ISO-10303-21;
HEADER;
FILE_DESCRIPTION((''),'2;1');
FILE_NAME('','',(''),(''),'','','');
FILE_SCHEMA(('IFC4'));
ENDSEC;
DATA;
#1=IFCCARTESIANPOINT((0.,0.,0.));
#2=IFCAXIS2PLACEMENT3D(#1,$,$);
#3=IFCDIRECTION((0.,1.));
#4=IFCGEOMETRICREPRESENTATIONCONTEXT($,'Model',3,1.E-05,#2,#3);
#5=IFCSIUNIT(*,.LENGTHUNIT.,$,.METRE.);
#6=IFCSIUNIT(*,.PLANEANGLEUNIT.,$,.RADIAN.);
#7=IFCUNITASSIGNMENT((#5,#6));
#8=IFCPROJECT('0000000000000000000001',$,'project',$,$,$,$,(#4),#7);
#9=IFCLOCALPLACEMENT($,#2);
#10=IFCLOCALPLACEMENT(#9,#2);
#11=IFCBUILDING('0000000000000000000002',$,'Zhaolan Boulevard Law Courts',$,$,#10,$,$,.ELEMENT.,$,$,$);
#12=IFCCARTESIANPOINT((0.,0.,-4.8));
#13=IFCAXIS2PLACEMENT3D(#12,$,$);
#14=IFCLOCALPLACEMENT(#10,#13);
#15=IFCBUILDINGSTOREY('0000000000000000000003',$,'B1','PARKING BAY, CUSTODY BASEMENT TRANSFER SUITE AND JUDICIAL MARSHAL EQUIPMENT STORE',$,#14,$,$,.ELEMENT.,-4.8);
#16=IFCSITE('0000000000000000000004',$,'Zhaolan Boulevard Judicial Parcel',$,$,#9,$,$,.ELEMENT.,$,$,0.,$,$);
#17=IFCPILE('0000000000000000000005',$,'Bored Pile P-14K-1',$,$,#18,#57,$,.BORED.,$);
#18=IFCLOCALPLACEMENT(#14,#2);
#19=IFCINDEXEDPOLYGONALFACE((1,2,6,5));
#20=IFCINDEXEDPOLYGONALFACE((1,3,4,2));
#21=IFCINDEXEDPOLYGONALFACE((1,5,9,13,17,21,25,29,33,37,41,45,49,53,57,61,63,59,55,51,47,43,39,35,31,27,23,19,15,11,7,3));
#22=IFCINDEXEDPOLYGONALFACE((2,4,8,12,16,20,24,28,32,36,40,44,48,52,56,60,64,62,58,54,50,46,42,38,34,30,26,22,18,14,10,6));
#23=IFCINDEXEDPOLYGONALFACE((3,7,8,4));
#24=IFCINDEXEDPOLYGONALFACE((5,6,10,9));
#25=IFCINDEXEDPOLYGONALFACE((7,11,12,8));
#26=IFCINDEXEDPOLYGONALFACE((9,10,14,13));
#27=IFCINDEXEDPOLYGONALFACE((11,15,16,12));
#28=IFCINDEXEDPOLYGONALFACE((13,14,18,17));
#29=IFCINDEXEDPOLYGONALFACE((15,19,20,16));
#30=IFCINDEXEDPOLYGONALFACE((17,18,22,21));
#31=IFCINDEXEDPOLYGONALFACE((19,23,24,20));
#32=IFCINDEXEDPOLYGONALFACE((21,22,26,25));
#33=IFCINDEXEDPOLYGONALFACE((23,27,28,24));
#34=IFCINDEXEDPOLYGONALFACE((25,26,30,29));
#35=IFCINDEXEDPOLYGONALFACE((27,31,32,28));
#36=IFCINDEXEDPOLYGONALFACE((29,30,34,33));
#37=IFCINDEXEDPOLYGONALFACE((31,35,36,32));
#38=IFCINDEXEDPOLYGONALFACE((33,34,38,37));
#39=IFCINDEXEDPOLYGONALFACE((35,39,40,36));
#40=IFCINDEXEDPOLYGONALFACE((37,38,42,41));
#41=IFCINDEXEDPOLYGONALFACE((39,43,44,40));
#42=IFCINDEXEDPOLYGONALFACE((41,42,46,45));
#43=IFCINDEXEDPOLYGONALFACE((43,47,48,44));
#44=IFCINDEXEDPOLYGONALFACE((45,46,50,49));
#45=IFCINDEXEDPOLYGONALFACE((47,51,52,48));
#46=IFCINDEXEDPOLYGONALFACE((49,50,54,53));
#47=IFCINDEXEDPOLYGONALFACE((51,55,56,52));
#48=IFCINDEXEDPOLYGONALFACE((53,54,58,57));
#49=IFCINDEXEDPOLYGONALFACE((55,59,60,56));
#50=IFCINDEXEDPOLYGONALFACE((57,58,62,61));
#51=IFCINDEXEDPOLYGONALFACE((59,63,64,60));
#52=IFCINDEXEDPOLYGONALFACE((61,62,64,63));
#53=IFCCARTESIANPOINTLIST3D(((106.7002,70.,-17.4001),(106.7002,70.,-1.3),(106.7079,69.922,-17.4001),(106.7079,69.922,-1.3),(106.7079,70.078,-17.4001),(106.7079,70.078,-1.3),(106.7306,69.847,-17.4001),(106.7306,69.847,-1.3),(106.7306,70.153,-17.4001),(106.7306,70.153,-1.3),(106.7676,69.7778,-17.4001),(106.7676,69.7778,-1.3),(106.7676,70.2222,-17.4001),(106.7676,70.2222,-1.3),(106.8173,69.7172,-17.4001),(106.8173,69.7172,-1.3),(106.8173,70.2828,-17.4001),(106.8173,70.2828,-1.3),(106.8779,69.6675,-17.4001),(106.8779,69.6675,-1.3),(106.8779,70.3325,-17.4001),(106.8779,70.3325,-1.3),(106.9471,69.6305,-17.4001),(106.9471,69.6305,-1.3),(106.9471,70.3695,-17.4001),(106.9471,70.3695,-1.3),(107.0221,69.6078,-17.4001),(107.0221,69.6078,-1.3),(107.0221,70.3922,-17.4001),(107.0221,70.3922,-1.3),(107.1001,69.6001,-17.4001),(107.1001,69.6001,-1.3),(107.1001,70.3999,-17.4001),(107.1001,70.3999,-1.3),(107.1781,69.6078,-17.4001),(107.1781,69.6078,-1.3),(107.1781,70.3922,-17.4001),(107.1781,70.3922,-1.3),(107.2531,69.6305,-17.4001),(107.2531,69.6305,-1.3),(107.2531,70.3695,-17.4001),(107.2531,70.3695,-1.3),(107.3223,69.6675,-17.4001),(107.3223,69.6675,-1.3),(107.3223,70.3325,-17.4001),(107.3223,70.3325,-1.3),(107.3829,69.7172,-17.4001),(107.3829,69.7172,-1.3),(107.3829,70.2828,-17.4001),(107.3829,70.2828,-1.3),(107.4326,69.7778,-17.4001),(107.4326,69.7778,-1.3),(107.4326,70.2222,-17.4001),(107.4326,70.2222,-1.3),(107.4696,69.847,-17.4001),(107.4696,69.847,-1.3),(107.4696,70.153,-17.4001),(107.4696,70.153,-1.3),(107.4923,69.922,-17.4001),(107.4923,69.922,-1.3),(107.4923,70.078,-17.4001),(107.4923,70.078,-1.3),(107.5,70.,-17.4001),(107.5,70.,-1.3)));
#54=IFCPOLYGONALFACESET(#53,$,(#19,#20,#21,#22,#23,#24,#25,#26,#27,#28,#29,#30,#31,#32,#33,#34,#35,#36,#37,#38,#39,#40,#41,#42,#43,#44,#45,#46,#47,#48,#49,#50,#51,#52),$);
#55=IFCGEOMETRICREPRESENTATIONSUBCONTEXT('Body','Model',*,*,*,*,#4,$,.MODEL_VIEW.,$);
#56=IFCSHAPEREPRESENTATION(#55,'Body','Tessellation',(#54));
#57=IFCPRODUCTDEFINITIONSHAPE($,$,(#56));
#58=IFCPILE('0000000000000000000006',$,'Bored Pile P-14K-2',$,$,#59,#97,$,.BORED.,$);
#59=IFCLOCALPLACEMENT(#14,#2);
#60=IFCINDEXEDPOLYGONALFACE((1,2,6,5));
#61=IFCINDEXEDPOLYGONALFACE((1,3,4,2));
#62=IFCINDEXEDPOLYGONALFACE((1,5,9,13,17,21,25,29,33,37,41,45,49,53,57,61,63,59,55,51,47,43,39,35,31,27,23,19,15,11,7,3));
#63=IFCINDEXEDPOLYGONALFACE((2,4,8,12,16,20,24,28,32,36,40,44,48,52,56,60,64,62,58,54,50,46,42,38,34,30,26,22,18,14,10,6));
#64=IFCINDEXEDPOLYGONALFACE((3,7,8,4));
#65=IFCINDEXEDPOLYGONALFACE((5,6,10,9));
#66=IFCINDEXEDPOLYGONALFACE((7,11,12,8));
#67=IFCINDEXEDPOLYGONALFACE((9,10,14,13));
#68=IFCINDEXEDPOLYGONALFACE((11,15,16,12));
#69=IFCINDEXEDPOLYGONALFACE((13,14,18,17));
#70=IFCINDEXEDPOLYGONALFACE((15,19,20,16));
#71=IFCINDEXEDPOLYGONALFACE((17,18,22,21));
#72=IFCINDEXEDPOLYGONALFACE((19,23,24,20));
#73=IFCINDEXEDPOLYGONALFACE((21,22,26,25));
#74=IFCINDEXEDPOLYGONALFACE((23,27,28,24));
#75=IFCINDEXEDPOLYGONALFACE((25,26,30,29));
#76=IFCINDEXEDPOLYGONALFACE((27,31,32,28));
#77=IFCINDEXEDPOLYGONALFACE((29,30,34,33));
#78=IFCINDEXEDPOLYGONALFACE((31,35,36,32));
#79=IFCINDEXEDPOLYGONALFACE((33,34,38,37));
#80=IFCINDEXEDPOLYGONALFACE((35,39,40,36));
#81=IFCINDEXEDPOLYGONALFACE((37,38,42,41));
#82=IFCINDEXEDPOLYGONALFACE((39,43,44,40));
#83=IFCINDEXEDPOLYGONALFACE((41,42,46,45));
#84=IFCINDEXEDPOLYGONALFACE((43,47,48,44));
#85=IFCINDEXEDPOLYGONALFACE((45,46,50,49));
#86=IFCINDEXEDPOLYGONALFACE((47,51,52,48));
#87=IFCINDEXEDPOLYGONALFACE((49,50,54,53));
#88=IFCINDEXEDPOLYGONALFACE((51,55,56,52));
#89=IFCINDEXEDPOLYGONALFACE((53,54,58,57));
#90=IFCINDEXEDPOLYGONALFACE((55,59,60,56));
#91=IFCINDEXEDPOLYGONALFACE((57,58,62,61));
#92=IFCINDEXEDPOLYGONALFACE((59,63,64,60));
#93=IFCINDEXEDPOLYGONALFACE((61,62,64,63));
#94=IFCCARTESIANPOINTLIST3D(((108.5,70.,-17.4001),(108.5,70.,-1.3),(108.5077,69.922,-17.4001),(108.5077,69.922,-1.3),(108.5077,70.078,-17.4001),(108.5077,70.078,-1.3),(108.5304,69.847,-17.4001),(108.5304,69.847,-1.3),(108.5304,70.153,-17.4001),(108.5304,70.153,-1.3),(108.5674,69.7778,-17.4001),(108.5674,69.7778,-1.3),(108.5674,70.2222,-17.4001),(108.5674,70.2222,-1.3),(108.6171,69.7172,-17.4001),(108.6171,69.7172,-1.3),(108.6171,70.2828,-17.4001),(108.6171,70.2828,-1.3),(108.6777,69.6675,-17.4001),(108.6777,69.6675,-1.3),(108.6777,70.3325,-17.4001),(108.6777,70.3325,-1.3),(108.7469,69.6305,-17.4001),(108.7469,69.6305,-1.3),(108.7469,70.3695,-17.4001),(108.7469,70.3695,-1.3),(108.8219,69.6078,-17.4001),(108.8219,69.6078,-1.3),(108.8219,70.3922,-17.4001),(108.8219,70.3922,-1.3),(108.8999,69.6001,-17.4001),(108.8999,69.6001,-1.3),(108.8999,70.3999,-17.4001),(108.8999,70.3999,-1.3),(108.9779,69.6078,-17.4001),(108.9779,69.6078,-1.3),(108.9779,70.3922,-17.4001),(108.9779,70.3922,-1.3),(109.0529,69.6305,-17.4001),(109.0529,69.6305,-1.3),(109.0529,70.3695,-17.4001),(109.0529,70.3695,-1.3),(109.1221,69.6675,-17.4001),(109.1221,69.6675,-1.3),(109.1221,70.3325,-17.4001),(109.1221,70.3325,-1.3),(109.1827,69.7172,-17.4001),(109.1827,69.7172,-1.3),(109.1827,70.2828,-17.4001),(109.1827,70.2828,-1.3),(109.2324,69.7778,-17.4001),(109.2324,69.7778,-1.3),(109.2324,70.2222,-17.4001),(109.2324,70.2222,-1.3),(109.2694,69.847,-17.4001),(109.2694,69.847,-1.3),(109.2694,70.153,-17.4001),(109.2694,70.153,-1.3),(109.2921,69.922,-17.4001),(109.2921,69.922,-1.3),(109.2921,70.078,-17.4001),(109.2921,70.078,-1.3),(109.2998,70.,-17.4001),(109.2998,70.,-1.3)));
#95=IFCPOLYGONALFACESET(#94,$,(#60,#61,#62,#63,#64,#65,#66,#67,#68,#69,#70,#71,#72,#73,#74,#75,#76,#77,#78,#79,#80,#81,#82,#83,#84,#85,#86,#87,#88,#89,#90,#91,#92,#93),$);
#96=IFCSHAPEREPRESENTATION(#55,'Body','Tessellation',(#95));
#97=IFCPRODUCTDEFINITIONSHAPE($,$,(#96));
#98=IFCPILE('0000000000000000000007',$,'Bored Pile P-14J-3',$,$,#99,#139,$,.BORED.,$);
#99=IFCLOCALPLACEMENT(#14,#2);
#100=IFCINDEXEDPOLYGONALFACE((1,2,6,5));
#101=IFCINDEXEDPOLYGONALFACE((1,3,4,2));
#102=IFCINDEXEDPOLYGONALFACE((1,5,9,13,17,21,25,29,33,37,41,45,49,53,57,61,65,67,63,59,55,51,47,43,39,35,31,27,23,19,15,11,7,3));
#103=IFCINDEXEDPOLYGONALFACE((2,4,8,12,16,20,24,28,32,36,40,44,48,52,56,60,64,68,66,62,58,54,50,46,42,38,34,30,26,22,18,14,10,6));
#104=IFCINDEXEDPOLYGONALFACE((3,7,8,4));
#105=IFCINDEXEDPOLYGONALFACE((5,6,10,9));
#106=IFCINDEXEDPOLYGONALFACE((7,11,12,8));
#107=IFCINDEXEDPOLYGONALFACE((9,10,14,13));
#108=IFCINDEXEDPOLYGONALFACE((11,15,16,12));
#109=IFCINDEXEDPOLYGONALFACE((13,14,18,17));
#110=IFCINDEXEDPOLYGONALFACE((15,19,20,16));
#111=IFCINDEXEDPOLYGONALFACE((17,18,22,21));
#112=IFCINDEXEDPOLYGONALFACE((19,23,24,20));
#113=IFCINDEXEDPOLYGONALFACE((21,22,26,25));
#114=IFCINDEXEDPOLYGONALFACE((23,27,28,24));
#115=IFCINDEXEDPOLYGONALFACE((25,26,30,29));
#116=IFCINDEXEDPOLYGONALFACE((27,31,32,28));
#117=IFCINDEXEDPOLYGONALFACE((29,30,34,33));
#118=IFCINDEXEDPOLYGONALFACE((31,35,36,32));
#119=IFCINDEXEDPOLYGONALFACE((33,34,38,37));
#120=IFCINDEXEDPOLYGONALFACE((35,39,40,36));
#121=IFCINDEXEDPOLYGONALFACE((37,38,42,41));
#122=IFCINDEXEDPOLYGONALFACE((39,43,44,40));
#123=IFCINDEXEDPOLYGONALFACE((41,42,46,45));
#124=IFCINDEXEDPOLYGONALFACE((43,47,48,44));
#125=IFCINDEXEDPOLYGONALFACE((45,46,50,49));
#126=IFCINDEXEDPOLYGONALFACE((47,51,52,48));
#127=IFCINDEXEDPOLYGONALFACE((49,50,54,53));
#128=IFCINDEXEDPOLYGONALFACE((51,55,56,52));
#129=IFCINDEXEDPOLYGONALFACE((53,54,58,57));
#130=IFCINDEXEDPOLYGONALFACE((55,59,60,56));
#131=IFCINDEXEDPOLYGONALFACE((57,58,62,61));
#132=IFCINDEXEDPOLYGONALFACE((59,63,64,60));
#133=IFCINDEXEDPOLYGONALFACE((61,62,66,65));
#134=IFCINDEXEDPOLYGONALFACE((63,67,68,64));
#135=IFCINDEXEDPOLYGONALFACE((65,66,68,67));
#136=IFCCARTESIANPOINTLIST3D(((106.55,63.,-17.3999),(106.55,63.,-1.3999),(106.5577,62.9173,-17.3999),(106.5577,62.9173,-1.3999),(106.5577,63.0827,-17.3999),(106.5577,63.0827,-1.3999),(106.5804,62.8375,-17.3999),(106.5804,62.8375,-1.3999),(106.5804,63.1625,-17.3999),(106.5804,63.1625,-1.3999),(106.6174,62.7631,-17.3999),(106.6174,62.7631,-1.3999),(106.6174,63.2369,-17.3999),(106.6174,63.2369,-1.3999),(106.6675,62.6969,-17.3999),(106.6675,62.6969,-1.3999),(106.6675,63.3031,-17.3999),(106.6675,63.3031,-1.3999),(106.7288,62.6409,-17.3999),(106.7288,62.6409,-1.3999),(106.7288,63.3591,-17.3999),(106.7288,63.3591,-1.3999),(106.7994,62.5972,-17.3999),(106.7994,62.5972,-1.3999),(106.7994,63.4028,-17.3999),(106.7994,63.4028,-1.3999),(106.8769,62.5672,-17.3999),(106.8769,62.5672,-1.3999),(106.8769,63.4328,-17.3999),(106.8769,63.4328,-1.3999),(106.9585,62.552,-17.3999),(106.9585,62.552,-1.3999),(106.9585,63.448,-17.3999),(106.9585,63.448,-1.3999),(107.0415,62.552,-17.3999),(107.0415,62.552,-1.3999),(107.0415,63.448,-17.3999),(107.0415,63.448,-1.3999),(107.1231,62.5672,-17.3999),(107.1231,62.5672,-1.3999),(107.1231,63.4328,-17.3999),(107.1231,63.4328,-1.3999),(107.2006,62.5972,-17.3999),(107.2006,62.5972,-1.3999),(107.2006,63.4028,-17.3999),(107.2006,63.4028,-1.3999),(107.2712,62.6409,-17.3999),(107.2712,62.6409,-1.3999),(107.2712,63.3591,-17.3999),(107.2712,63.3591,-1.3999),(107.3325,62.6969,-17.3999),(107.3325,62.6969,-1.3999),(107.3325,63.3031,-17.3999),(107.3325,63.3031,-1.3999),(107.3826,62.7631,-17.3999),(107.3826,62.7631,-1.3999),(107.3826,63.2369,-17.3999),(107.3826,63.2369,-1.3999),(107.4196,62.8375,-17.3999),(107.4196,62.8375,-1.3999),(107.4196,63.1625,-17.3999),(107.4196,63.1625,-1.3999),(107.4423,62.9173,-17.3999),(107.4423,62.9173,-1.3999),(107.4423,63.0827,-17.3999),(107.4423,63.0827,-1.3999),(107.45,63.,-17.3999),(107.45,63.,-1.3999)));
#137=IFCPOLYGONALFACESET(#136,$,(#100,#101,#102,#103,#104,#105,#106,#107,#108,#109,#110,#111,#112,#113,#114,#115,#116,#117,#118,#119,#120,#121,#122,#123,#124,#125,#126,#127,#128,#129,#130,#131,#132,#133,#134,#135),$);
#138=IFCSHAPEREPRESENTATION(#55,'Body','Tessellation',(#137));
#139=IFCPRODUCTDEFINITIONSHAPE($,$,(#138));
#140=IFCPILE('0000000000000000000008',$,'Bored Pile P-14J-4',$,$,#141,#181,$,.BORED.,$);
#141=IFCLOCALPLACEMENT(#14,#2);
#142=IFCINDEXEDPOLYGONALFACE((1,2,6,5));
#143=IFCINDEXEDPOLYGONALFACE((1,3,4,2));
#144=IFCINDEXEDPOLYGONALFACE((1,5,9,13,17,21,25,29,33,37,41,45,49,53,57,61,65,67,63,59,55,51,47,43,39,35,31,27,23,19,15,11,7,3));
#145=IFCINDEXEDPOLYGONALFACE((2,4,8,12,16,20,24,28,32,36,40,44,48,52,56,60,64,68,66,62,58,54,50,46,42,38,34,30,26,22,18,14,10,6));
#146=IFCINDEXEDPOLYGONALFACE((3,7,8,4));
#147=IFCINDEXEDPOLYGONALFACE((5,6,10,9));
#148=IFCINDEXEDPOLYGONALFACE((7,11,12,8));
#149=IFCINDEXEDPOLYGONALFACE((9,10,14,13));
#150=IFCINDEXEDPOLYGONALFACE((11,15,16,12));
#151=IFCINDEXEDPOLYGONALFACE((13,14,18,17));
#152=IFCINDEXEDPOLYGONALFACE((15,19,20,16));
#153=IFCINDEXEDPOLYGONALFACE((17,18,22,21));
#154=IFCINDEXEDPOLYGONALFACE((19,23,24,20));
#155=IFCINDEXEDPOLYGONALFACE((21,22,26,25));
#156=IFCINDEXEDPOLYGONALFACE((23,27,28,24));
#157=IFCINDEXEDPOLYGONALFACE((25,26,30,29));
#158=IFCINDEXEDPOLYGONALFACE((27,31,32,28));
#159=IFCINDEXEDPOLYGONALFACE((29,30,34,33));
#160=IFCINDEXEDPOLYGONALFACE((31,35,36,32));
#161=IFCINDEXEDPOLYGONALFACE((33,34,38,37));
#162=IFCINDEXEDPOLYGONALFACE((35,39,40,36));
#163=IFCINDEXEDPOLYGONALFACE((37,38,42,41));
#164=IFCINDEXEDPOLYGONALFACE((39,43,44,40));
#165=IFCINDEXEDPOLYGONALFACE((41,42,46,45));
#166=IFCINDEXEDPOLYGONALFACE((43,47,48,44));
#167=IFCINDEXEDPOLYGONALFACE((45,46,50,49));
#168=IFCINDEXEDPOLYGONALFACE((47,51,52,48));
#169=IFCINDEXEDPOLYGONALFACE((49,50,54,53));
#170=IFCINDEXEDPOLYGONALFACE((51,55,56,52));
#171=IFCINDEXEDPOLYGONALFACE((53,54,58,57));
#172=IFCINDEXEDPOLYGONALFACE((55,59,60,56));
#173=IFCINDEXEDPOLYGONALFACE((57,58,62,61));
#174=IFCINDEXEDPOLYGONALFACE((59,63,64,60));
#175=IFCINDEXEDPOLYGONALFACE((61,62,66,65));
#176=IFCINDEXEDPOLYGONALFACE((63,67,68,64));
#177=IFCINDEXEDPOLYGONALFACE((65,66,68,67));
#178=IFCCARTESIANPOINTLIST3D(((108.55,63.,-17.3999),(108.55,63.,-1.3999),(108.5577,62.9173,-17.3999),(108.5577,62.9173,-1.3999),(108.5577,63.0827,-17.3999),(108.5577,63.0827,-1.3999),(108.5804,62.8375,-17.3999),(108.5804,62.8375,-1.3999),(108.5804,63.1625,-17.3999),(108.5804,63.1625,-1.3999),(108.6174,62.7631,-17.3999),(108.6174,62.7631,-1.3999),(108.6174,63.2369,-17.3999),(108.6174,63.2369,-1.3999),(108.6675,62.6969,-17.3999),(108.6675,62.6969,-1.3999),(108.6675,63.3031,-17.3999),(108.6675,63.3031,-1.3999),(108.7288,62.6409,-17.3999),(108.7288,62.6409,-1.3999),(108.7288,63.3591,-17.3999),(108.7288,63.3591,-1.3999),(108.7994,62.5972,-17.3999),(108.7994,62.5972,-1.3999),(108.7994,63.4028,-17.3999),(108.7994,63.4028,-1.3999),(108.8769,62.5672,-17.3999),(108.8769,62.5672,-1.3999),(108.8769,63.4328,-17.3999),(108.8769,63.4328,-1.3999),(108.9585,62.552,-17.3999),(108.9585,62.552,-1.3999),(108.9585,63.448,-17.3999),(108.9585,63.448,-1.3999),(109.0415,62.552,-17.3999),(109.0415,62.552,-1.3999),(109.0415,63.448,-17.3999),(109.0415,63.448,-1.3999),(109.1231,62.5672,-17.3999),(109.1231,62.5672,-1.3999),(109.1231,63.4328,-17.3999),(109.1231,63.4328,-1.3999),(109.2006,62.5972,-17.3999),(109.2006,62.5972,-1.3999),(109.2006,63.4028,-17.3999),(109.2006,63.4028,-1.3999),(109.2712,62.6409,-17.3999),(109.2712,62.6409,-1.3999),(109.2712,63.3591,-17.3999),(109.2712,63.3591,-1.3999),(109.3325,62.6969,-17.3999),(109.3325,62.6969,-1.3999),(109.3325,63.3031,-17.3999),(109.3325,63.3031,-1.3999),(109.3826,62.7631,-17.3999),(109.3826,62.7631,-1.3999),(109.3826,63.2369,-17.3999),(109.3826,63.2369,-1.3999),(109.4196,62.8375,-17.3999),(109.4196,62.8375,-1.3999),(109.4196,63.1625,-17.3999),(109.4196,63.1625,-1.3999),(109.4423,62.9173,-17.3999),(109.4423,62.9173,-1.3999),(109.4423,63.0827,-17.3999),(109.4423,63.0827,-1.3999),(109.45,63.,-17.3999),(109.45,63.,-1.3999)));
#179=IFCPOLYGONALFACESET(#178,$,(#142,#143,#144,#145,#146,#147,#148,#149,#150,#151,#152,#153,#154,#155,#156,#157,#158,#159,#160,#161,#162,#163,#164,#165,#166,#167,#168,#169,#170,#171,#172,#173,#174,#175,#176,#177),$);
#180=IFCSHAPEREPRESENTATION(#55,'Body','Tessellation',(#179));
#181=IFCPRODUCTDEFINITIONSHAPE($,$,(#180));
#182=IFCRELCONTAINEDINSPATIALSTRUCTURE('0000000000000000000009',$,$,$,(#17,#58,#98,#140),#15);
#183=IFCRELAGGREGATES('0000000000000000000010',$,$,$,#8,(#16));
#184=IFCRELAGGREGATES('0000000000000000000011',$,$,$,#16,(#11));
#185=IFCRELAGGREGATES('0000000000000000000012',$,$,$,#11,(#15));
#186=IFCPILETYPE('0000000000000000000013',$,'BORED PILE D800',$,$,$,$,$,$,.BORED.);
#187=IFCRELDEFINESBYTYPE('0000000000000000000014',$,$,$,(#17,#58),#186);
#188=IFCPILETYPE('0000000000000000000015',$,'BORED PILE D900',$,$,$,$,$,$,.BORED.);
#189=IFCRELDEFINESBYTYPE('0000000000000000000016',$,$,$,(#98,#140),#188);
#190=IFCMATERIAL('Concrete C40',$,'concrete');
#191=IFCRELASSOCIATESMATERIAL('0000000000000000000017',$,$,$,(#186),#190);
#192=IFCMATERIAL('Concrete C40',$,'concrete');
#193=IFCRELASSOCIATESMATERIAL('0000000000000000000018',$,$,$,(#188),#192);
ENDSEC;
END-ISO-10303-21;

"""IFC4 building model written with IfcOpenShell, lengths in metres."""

from ifc_helpers import new_model, si_unit, direction, frame, origin, origin_2d, place, context, subcontext, project, spatial, circle, extrude, material, material_profile, profile_set, type_object, element, save


model = new_model("IFC4")

# Units and contexts
model_context = context("Model", 3, precision=1e-05, world=origin(), true_north=direction((0.0, 1.0)))
body_context = subcontext(model_context, "Body", "Model", "MODEL_VIEW")
ifc_project = project(units=[si_unit("LENGTHUNIT", "METRE"), si_unit("PLANEANGLEUNIT", "RADIAN")], contexts=[model_context])

# Site, building, storey
site_placement = place(None, origin())
site = spatial("IfcSite", under=ifc_project, at=site_placement, Name="Zhaolan Boulevard Judicial Parcel", CompositionType="ELEMENT", RefElevation=0.0)
building_placement = place(site_placement, origin())
building = spatial("IfcBuilding", under=site, at=building_placement, Name="Zhaolan Boulevard Law Courts", CompositionType="ELEMENT")
storey_placement = place(building_placement, frame((0.0, 0.0, -4.8)))
storey = spatial("IfcBuildingStorey", under=building, at=storey_placement, Name="B1", Description="PARKING BAY, CUSTODY BASEMENT TRANSFER SUITE AND JUDICIAL MARSHAL EQUIPMENT STORE", CompositionType="ELEMENT", Elevation=-4.8)

# Piles
ifc_material_1 = material(Name="Concrete C40", Category="concrete")
ifc_material_profile_1 = material_profile(ifc_material_1, circle(Radius=0.3999, at=origin_2d()), Name="PILE-D800")
ifc_profile_set_1 = profile_set([ifc_material_profile_1], Name="Concrete C40")
pile_type_1 = type_object("IfcPileType", Name="BORED PILE D800", PredefinedType="BORED", material=ifc_profile_set_1)
for number, where, z_axis, x_axis, name in (
    (1, (107.1001, 70.0, -1.3), (0.0, 0.0, -1.0), (1.0, 0.0, 0.0), "Bored Pile P-14K-1"),
    (2, (108.8999, 70.0, -1.3), (0.0, 0.0, -1.0), (1.0, 0.0, 0.0), "Bored Pile P-14K-2"),
):
    element("IfcPile", number, at=place(storey_placement, frame(where, z_axis=z_axis, x_axis=x_axis)), inside=storey, type_object=pile_type_1, Name=name, PredefinedType="BORED", context=body_context, shape_type="SweptSolid", body=[
        extrude(circle(Radius=0.3999, at=origin_2d()), origin(), (0.0, 0.0, 1.0), 16.1001),
    ])
ifc_material_2 = material(Name="Concrete C40", Category="concrete")
ifc_material_profile_2 = material_profile(ifc_material_2, circle(Radius=0.45, at=origin_2d()), Name="PILE-D900")
ifc_profile_set_2 = profile_set([ifc_material_profile_2], Name="Concrete C40")
pile_type_2 = type_object("IfcPileType", Name="BORED PILE D900", PredefinedType="BORED", material=ifc_profile_set_2)
for number, where, z_axis, x_axis, name in (
    (3, (107.0, 63.0, -1.3999), (0.0, 0.0, -1.0), (1.0, 0.0, 0.0), "Bored Pile P-14J-3"),
    (4, (109.0, 63.0, -1.3999), (0.0, 0.0, -1.0), (1.0, 0.0, 0.0), "Bored Pile P-14J-4"),
):
    element("IfcPile", number, at=place(storey_placement, frame(where, z_axis=z_axis, x_axis=x_axis)), inside=storey, type_object=pile_type_2, Name=name, PredefinedType="BORED", context=body_context, shape_type="SweptSolid", body=[
        extrude(circle(Radius=0.45, at=origin_2d()), origin(), (0.0, 0.0, 1.0), 16.0),
    ])

save(model, "model.ifc")
